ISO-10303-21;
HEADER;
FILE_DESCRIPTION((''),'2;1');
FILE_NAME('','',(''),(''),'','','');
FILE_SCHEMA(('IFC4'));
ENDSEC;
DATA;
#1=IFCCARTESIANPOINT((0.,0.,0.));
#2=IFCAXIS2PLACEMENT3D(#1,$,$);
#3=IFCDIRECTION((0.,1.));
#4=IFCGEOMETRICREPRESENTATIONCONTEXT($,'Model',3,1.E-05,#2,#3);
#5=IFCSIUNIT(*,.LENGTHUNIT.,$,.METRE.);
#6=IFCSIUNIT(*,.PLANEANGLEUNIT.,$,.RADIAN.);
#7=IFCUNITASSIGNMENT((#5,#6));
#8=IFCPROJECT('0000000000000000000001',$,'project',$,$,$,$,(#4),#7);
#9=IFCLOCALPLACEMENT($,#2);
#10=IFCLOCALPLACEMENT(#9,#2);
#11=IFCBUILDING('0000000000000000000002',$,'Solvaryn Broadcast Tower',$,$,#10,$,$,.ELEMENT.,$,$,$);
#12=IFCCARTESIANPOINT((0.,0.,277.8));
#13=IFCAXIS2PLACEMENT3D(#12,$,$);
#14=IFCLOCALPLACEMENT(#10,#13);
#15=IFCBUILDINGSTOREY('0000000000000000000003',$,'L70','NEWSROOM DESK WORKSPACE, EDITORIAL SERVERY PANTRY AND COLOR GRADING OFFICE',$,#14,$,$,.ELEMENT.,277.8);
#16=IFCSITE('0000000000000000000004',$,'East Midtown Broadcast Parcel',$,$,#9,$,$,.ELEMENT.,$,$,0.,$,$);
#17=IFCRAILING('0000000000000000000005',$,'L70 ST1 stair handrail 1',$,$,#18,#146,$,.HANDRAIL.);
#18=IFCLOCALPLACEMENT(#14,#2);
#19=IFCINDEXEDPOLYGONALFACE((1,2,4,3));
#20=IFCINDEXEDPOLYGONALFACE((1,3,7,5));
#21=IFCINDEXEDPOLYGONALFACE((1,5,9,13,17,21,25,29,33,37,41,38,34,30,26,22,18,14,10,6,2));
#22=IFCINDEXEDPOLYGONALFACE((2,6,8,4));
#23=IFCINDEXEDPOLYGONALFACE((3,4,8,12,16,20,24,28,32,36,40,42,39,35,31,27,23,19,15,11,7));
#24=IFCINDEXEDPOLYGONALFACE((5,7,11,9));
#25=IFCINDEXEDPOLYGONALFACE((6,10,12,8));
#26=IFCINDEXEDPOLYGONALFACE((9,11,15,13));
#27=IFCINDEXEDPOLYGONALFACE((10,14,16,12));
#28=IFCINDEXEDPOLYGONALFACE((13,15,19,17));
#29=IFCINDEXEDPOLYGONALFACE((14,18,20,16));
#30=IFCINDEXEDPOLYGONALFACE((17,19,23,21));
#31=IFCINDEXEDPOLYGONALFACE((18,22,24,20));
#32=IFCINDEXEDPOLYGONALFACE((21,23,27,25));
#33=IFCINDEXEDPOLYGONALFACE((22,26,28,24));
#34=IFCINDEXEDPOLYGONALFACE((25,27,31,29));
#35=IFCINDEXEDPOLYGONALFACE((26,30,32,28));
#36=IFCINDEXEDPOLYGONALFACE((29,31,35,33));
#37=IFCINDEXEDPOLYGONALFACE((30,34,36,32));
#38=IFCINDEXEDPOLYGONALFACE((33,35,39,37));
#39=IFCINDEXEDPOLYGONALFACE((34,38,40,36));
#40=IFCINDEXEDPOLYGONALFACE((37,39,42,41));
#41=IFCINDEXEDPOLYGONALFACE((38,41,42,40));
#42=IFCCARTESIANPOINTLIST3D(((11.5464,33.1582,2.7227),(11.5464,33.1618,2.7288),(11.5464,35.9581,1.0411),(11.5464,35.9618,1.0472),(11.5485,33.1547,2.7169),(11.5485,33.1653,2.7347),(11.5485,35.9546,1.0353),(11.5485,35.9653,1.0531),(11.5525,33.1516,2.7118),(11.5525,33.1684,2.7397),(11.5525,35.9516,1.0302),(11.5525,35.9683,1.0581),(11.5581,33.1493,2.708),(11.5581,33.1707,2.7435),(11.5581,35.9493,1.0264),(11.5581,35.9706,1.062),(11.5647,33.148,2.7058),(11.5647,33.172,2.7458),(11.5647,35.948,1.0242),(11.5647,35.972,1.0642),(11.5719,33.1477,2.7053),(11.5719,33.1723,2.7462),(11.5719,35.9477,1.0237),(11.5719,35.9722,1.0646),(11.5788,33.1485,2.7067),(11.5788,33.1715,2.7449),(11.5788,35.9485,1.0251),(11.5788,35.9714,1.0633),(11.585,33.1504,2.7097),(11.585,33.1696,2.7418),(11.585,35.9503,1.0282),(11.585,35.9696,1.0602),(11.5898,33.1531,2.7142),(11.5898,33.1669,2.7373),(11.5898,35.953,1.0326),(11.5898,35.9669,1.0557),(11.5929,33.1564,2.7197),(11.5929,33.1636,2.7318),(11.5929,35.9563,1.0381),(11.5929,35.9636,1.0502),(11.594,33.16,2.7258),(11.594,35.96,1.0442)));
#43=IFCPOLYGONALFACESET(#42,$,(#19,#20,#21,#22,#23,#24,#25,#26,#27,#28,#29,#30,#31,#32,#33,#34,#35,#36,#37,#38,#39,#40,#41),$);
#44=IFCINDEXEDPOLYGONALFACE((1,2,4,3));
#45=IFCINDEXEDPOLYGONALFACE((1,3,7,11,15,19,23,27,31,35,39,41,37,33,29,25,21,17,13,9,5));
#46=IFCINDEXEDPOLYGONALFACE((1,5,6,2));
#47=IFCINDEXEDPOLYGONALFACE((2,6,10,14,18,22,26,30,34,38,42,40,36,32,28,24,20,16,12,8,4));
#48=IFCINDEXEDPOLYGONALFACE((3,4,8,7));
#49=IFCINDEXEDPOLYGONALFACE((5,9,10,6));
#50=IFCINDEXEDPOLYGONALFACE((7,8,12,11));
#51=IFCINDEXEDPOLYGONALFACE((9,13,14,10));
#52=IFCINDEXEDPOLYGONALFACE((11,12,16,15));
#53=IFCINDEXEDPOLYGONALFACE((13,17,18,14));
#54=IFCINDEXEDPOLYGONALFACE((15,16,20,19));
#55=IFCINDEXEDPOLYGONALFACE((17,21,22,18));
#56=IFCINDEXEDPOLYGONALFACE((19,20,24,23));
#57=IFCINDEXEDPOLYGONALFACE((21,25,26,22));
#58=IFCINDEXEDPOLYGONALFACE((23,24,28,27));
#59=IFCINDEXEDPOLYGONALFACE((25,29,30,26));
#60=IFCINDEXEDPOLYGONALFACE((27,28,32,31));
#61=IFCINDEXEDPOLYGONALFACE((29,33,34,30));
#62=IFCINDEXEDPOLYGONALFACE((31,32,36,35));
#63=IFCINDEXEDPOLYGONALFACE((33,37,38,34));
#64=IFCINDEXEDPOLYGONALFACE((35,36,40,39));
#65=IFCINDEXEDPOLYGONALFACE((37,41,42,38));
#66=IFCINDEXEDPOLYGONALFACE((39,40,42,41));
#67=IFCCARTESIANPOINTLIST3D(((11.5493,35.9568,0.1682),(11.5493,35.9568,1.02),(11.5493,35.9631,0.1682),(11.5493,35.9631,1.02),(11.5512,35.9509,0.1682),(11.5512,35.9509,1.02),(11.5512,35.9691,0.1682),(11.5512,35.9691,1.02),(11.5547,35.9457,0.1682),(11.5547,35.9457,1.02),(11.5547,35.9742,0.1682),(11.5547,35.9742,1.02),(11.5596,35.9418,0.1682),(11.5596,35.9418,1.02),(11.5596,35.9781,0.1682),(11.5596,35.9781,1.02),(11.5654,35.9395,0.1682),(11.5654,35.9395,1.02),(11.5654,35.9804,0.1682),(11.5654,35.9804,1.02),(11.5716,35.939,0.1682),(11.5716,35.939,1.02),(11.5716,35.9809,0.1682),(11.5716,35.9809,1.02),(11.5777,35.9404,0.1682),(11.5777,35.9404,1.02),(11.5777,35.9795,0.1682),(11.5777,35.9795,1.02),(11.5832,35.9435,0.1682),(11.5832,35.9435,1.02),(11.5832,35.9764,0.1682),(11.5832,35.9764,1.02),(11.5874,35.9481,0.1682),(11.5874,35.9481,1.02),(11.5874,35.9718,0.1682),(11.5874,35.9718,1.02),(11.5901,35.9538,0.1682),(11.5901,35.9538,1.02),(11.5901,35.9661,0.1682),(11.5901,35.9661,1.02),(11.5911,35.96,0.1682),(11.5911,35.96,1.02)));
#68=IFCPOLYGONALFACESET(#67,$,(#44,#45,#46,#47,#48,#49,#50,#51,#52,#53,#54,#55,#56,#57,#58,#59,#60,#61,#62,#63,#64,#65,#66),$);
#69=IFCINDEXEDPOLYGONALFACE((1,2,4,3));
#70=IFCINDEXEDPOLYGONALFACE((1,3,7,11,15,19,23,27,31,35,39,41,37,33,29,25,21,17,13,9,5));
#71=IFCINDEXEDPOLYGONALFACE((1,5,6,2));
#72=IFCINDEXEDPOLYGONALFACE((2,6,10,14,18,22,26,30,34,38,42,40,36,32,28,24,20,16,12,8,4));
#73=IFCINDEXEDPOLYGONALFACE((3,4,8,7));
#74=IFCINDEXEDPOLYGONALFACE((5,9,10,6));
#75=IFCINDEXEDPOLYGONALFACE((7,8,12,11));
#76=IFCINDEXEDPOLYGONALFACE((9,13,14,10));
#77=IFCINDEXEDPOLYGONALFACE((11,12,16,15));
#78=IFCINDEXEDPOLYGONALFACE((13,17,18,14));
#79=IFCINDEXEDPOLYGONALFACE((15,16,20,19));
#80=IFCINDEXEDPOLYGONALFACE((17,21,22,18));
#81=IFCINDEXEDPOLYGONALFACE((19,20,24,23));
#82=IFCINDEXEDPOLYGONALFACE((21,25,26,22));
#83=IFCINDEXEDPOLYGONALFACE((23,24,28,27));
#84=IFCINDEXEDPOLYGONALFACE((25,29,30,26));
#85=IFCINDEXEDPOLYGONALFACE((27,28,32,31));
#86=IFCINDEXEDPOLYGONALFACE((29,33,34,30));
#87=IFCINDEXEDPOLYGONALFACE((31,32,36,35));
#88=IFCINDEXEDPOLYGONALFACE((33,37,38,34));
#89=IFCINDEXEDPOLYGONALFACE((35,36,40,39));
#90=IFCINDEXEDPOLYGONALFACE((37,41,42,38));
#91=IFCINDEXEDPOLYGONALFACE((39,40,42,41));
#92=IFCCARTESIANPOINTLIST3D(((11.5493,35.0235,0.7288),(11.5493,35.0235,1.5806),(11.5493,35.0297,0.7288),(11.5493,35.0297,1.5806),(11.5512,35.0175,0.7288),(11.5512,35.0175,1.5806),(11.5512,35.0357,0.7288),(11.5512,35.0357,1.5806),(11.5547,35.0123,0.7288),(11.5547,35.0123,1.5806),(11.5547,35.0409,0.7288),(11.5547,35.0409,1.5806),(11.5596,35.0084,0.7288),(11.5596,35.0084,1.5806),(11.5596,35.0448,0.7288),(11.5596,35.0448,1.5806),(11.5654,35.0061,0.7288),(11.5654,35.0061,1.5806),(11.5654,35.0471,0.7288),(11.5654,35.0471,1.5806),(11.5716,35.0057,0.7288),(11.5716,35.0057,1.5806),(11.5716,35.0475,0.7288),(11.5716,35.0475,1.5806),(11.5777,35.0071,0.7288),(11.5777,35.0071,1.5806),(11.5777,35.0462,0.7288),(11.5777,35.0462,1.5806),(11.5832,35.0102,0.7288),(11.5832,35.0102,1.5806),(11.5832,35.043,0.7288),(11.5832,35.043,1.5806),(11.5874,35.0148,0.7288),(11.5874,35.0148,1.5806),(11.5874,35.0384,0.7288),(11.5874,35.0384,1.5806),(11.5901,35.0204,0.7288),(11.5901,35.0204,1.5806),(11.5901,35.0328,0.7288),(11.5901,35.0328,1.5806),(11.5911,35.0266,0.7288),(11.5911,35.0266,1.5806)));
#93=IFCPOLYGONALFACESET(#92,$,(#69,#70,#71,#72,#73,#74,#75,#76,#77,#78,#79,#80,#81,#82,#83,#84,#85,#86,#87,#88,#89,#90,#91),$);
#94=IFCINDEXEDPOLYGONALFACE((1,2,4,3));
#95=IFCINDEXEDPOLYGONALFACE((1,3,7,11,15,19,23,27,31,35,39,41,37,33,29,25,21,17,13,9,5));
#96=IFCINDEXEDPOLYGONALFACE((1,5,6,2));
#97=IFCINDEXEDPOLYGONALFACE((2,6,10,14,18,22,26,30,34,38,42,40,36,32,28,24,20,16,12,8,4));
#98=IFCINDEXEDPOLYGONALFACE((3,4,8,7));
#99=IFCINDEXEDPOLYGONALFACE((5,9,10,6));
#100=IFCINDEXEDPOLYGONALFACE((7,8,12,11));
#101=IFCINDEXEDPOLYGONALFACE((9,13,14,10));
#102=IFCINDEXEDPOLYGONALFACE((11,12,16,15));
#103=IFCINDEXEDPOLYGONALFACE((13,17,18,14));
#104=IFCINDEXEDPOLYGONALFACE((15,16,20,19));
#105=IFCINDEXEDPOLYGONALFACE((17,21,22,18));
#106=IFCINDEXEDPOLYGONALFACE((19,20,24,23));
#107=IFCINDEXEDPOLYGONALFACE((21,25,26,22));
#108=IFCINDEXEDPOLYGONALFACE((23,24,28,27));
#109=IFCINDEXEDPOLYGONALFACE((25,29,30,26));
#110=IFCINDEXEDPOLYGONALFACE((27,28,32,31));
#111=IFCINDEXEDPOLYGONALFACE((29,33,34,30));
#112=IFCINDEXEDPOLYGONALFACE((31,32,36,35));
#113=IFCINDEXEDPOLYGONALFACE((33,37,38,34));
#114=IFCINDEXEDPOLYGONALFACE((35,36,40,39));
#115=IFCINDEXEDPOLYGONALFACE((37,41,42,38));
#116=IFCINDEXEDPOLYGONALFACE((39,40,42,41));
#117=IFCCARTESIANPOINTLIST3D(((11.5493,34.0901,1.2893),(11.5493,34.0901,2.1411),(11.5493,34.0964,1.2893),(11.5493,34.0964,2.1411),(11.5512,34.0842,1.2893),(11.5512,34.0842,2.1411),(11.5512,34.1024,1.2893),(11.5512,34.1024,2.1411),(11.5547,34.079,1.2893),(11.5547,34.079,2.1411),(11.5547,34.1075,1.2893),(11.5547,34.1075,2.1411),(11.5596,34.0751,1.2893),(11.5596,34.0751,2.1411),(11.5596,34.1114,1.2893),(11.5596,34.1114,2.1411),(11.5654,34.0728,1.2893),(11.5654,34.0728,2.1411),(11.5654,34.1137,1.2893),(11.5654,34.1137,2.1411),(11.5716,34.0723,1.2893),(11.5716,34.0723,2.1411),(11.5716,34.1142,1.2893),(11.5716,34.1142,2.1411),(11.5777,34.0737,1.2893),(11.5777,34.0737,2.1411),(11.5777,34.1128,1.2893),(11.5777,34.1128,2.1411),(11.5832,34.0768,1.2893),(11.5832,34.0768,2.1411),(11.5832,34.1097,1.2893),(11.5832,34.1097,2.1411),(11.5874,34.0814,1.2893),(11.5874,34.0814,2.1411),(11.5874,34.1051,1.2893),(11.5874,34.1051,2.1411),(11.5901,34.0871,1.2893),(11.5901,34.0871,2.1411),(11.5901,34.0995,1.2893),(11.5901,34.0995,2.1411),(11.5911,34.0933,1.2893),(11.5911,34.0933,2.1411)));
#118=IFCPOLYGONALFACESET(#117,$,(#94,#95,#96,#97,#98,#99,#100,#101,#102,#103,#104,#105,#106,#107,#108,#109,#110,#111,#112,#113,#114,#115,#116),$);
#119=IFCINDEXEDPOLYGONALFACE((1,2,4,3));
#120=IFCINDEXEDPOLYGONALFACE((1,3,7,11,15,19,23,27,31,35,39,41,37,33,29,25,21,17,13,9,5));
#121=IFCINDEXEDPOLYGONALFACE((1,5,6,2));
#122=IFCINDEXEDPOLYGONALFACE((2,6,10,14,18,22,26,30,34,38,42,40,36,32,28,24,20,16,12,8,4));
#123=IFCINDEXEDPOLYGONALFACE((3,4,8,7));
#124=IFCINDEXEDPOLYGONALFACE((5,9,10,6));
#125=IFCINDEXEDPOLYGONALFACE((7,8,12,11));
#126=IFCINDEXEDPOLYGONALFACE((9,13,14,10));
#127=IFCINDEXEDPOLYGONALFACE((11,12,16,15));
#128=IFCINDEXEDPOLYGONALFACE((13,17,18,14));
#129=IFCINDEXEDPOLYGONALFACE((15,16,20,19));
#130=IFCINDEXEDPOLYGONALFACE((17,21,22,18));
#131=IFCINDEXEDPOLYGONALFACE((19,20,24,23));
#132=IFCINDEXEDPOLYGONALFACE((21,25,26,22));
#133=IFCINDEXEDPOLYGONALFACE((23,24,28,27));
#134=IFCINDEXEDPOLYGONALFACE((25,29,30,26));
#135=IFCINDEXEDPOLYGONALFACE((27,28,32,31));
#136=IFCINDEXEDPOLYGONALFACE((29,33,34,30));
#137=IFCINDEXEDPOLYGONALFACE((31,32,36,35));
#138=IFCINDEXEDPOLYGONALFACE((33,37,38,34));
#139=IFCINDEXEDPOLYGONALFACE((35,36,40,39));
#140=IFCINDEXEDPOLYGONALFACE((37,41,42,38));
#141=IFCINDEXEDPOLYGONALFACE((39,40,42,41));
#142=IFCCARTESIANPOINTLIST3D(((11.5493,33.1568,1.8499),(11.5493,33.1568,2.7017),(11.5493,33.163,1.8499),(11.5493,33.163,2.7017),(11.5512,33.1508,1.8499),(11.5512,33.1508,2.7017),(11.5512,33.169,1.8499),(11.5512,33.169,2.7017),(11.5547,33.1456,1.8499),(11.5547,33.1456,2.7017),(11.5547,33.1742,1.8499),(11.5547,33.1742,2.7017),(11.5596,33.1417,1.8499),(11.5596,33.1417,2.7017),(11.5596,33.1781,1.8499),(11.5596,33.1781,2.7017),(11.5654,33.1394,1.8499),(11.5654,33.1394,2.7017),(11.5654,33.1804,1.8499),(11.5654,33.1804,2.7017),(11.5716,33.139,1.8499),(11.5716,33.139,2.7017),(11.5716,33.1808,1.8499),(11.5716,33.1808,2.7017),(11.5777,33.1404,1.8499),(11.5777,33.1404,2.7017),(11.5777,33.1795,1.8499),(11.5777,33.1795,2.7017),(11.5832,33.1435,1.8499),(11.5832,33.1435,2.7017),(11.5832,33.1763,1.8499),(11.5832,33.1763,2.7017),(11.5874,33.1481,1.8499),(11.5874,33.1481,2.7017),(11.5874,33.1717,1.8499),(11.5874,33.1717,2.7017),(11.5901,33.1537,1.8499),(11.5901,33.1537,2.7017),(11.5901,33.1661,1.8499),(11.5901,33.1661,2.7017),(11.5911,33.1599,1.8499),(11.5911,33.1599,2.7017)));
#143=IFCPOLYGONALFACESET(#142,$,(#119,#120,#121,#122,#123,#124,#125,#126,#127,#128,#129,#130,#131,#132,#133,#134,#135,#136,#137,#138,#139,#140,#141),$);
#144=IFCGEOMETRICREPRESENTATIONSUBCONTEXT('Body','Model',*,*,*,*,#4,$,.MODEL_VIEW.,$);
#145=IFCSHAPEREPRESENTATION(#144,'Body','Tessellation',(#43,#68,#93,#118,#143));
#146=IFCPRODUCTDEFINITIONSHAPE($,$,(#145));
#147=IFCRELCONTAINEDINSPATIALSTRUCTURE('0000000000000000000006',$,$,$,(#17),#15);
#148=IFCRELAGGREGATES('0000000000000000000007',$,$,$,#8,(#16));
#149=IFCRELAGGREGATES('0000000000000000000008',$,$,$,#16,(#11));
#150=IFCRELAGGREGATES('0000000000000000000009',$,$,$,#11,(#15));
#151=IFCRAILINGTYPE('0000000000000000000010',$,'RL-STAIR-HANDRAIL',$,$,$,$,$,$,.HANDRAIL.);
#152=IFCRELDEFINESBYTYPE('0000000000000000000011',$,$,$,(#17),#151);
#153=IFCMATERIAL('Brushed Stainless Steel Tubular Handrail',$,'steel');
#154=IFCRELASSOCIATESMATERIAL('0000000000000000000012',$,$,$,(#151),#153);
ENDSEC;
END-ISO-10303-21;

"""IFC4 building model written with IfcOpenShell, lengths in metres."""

from ifc_helpers import new_model, si_unit, direction, frame, origin, origin_2d, place, context, subcontext, project, spatial, circle, extrude, material, type_object, element, save


model = new_model("IFC4")

# Units and contexts
model_context = context("Model", 3, precision=1e-05, world=origin(), true_north=direction((0.0, 1.0)))
body_context = subcontext(model_context, "Body", "Model", "MODEL_VIEW")
ifc_project = project(units=[si_unit("LENGTHUNIT", "METRE"), si_unit("PLANEANGLEUNIT", "RADIAN")], contexts=[model_context])

# Site, building, storey
site_placement = place(None, origin())
site = spatial("IfcSite", under=ifc_project, at=site_placement, Name="East Midtown Broadcast Parcel", CompositionType="ELEMENT", RefElevation=0.0)
building_placement = place(site_placement, origin())
building = spatial("IfcBuilding", under=site, at=building_placement, Name="Solvaryn Broadcast Tower", CompositionType="ELEMENT")
storey_placement = place(building_placement, frame((0.0, 0.0, 277.8)))
storey = spatial("IfcBuildingStorey", under=building, at=storey_placement, Name="L70", Description="NEWSROOM DESK WORKSPACE, EDITORIAL SERVERY PANTRY AND COLOR GRADING OFFICE", CompositionType="ELEMENT", Elevation=277.8)

# Railing
ifc_material_1 = material(Name="Brushed Stainless Steel Tubular Handrail", Category="steel")
railing_type_1 = type_object("IfcRailingType", Name="RL-STAIR-HANDRAIL", PredefinedType="HANDRAIL", material=ifc_material_1)
railing_1_placement = place(storey_placement, frame((11.5701, 35.96, 0.1682)))
element("IfcRailing", 1, at=railing_1_placement, inside=storey, type_object=railing_type_1, Name="L70 ST1 stair handrail 1", PredefinedType="HANDRAIL", context=body_context, shape_type="SweptSolid", body=[
    extrude(circle(Radius=0.0239, at=origin_2d()), frame((0.0, 0.0, 0.876), z_axis=(0.0, -0.857275, 0.514858), x_axis=(1.0, 0.0, 0.0)), (0.0, 0.0, 1.0), 3.2661),
    extrude(circle(Radius=0.021, at=origin_2d()), origin(), (0.0, 0.0, 1.0), 0.8518),
    extrude(circle(Radius=0.021, at=origin_2d()), frame((0.0, -0.9333, 0.5605)), (0.0, 0.0, 1.0), 0.8518),
    extrude(circle(Radius=0.021, at=origin_2d()), frame((0.0, -1.8667, 1.1211)), (0.0, 0.0, 1.0), 0.8518),
    extrude(circle(Radius=0.021, at=origin_2d()), frame((0.0, -2.8, 1.6816)), (0.0, 0.0, 1.0), 0.8518),
])

save(model, "model.ifc")
